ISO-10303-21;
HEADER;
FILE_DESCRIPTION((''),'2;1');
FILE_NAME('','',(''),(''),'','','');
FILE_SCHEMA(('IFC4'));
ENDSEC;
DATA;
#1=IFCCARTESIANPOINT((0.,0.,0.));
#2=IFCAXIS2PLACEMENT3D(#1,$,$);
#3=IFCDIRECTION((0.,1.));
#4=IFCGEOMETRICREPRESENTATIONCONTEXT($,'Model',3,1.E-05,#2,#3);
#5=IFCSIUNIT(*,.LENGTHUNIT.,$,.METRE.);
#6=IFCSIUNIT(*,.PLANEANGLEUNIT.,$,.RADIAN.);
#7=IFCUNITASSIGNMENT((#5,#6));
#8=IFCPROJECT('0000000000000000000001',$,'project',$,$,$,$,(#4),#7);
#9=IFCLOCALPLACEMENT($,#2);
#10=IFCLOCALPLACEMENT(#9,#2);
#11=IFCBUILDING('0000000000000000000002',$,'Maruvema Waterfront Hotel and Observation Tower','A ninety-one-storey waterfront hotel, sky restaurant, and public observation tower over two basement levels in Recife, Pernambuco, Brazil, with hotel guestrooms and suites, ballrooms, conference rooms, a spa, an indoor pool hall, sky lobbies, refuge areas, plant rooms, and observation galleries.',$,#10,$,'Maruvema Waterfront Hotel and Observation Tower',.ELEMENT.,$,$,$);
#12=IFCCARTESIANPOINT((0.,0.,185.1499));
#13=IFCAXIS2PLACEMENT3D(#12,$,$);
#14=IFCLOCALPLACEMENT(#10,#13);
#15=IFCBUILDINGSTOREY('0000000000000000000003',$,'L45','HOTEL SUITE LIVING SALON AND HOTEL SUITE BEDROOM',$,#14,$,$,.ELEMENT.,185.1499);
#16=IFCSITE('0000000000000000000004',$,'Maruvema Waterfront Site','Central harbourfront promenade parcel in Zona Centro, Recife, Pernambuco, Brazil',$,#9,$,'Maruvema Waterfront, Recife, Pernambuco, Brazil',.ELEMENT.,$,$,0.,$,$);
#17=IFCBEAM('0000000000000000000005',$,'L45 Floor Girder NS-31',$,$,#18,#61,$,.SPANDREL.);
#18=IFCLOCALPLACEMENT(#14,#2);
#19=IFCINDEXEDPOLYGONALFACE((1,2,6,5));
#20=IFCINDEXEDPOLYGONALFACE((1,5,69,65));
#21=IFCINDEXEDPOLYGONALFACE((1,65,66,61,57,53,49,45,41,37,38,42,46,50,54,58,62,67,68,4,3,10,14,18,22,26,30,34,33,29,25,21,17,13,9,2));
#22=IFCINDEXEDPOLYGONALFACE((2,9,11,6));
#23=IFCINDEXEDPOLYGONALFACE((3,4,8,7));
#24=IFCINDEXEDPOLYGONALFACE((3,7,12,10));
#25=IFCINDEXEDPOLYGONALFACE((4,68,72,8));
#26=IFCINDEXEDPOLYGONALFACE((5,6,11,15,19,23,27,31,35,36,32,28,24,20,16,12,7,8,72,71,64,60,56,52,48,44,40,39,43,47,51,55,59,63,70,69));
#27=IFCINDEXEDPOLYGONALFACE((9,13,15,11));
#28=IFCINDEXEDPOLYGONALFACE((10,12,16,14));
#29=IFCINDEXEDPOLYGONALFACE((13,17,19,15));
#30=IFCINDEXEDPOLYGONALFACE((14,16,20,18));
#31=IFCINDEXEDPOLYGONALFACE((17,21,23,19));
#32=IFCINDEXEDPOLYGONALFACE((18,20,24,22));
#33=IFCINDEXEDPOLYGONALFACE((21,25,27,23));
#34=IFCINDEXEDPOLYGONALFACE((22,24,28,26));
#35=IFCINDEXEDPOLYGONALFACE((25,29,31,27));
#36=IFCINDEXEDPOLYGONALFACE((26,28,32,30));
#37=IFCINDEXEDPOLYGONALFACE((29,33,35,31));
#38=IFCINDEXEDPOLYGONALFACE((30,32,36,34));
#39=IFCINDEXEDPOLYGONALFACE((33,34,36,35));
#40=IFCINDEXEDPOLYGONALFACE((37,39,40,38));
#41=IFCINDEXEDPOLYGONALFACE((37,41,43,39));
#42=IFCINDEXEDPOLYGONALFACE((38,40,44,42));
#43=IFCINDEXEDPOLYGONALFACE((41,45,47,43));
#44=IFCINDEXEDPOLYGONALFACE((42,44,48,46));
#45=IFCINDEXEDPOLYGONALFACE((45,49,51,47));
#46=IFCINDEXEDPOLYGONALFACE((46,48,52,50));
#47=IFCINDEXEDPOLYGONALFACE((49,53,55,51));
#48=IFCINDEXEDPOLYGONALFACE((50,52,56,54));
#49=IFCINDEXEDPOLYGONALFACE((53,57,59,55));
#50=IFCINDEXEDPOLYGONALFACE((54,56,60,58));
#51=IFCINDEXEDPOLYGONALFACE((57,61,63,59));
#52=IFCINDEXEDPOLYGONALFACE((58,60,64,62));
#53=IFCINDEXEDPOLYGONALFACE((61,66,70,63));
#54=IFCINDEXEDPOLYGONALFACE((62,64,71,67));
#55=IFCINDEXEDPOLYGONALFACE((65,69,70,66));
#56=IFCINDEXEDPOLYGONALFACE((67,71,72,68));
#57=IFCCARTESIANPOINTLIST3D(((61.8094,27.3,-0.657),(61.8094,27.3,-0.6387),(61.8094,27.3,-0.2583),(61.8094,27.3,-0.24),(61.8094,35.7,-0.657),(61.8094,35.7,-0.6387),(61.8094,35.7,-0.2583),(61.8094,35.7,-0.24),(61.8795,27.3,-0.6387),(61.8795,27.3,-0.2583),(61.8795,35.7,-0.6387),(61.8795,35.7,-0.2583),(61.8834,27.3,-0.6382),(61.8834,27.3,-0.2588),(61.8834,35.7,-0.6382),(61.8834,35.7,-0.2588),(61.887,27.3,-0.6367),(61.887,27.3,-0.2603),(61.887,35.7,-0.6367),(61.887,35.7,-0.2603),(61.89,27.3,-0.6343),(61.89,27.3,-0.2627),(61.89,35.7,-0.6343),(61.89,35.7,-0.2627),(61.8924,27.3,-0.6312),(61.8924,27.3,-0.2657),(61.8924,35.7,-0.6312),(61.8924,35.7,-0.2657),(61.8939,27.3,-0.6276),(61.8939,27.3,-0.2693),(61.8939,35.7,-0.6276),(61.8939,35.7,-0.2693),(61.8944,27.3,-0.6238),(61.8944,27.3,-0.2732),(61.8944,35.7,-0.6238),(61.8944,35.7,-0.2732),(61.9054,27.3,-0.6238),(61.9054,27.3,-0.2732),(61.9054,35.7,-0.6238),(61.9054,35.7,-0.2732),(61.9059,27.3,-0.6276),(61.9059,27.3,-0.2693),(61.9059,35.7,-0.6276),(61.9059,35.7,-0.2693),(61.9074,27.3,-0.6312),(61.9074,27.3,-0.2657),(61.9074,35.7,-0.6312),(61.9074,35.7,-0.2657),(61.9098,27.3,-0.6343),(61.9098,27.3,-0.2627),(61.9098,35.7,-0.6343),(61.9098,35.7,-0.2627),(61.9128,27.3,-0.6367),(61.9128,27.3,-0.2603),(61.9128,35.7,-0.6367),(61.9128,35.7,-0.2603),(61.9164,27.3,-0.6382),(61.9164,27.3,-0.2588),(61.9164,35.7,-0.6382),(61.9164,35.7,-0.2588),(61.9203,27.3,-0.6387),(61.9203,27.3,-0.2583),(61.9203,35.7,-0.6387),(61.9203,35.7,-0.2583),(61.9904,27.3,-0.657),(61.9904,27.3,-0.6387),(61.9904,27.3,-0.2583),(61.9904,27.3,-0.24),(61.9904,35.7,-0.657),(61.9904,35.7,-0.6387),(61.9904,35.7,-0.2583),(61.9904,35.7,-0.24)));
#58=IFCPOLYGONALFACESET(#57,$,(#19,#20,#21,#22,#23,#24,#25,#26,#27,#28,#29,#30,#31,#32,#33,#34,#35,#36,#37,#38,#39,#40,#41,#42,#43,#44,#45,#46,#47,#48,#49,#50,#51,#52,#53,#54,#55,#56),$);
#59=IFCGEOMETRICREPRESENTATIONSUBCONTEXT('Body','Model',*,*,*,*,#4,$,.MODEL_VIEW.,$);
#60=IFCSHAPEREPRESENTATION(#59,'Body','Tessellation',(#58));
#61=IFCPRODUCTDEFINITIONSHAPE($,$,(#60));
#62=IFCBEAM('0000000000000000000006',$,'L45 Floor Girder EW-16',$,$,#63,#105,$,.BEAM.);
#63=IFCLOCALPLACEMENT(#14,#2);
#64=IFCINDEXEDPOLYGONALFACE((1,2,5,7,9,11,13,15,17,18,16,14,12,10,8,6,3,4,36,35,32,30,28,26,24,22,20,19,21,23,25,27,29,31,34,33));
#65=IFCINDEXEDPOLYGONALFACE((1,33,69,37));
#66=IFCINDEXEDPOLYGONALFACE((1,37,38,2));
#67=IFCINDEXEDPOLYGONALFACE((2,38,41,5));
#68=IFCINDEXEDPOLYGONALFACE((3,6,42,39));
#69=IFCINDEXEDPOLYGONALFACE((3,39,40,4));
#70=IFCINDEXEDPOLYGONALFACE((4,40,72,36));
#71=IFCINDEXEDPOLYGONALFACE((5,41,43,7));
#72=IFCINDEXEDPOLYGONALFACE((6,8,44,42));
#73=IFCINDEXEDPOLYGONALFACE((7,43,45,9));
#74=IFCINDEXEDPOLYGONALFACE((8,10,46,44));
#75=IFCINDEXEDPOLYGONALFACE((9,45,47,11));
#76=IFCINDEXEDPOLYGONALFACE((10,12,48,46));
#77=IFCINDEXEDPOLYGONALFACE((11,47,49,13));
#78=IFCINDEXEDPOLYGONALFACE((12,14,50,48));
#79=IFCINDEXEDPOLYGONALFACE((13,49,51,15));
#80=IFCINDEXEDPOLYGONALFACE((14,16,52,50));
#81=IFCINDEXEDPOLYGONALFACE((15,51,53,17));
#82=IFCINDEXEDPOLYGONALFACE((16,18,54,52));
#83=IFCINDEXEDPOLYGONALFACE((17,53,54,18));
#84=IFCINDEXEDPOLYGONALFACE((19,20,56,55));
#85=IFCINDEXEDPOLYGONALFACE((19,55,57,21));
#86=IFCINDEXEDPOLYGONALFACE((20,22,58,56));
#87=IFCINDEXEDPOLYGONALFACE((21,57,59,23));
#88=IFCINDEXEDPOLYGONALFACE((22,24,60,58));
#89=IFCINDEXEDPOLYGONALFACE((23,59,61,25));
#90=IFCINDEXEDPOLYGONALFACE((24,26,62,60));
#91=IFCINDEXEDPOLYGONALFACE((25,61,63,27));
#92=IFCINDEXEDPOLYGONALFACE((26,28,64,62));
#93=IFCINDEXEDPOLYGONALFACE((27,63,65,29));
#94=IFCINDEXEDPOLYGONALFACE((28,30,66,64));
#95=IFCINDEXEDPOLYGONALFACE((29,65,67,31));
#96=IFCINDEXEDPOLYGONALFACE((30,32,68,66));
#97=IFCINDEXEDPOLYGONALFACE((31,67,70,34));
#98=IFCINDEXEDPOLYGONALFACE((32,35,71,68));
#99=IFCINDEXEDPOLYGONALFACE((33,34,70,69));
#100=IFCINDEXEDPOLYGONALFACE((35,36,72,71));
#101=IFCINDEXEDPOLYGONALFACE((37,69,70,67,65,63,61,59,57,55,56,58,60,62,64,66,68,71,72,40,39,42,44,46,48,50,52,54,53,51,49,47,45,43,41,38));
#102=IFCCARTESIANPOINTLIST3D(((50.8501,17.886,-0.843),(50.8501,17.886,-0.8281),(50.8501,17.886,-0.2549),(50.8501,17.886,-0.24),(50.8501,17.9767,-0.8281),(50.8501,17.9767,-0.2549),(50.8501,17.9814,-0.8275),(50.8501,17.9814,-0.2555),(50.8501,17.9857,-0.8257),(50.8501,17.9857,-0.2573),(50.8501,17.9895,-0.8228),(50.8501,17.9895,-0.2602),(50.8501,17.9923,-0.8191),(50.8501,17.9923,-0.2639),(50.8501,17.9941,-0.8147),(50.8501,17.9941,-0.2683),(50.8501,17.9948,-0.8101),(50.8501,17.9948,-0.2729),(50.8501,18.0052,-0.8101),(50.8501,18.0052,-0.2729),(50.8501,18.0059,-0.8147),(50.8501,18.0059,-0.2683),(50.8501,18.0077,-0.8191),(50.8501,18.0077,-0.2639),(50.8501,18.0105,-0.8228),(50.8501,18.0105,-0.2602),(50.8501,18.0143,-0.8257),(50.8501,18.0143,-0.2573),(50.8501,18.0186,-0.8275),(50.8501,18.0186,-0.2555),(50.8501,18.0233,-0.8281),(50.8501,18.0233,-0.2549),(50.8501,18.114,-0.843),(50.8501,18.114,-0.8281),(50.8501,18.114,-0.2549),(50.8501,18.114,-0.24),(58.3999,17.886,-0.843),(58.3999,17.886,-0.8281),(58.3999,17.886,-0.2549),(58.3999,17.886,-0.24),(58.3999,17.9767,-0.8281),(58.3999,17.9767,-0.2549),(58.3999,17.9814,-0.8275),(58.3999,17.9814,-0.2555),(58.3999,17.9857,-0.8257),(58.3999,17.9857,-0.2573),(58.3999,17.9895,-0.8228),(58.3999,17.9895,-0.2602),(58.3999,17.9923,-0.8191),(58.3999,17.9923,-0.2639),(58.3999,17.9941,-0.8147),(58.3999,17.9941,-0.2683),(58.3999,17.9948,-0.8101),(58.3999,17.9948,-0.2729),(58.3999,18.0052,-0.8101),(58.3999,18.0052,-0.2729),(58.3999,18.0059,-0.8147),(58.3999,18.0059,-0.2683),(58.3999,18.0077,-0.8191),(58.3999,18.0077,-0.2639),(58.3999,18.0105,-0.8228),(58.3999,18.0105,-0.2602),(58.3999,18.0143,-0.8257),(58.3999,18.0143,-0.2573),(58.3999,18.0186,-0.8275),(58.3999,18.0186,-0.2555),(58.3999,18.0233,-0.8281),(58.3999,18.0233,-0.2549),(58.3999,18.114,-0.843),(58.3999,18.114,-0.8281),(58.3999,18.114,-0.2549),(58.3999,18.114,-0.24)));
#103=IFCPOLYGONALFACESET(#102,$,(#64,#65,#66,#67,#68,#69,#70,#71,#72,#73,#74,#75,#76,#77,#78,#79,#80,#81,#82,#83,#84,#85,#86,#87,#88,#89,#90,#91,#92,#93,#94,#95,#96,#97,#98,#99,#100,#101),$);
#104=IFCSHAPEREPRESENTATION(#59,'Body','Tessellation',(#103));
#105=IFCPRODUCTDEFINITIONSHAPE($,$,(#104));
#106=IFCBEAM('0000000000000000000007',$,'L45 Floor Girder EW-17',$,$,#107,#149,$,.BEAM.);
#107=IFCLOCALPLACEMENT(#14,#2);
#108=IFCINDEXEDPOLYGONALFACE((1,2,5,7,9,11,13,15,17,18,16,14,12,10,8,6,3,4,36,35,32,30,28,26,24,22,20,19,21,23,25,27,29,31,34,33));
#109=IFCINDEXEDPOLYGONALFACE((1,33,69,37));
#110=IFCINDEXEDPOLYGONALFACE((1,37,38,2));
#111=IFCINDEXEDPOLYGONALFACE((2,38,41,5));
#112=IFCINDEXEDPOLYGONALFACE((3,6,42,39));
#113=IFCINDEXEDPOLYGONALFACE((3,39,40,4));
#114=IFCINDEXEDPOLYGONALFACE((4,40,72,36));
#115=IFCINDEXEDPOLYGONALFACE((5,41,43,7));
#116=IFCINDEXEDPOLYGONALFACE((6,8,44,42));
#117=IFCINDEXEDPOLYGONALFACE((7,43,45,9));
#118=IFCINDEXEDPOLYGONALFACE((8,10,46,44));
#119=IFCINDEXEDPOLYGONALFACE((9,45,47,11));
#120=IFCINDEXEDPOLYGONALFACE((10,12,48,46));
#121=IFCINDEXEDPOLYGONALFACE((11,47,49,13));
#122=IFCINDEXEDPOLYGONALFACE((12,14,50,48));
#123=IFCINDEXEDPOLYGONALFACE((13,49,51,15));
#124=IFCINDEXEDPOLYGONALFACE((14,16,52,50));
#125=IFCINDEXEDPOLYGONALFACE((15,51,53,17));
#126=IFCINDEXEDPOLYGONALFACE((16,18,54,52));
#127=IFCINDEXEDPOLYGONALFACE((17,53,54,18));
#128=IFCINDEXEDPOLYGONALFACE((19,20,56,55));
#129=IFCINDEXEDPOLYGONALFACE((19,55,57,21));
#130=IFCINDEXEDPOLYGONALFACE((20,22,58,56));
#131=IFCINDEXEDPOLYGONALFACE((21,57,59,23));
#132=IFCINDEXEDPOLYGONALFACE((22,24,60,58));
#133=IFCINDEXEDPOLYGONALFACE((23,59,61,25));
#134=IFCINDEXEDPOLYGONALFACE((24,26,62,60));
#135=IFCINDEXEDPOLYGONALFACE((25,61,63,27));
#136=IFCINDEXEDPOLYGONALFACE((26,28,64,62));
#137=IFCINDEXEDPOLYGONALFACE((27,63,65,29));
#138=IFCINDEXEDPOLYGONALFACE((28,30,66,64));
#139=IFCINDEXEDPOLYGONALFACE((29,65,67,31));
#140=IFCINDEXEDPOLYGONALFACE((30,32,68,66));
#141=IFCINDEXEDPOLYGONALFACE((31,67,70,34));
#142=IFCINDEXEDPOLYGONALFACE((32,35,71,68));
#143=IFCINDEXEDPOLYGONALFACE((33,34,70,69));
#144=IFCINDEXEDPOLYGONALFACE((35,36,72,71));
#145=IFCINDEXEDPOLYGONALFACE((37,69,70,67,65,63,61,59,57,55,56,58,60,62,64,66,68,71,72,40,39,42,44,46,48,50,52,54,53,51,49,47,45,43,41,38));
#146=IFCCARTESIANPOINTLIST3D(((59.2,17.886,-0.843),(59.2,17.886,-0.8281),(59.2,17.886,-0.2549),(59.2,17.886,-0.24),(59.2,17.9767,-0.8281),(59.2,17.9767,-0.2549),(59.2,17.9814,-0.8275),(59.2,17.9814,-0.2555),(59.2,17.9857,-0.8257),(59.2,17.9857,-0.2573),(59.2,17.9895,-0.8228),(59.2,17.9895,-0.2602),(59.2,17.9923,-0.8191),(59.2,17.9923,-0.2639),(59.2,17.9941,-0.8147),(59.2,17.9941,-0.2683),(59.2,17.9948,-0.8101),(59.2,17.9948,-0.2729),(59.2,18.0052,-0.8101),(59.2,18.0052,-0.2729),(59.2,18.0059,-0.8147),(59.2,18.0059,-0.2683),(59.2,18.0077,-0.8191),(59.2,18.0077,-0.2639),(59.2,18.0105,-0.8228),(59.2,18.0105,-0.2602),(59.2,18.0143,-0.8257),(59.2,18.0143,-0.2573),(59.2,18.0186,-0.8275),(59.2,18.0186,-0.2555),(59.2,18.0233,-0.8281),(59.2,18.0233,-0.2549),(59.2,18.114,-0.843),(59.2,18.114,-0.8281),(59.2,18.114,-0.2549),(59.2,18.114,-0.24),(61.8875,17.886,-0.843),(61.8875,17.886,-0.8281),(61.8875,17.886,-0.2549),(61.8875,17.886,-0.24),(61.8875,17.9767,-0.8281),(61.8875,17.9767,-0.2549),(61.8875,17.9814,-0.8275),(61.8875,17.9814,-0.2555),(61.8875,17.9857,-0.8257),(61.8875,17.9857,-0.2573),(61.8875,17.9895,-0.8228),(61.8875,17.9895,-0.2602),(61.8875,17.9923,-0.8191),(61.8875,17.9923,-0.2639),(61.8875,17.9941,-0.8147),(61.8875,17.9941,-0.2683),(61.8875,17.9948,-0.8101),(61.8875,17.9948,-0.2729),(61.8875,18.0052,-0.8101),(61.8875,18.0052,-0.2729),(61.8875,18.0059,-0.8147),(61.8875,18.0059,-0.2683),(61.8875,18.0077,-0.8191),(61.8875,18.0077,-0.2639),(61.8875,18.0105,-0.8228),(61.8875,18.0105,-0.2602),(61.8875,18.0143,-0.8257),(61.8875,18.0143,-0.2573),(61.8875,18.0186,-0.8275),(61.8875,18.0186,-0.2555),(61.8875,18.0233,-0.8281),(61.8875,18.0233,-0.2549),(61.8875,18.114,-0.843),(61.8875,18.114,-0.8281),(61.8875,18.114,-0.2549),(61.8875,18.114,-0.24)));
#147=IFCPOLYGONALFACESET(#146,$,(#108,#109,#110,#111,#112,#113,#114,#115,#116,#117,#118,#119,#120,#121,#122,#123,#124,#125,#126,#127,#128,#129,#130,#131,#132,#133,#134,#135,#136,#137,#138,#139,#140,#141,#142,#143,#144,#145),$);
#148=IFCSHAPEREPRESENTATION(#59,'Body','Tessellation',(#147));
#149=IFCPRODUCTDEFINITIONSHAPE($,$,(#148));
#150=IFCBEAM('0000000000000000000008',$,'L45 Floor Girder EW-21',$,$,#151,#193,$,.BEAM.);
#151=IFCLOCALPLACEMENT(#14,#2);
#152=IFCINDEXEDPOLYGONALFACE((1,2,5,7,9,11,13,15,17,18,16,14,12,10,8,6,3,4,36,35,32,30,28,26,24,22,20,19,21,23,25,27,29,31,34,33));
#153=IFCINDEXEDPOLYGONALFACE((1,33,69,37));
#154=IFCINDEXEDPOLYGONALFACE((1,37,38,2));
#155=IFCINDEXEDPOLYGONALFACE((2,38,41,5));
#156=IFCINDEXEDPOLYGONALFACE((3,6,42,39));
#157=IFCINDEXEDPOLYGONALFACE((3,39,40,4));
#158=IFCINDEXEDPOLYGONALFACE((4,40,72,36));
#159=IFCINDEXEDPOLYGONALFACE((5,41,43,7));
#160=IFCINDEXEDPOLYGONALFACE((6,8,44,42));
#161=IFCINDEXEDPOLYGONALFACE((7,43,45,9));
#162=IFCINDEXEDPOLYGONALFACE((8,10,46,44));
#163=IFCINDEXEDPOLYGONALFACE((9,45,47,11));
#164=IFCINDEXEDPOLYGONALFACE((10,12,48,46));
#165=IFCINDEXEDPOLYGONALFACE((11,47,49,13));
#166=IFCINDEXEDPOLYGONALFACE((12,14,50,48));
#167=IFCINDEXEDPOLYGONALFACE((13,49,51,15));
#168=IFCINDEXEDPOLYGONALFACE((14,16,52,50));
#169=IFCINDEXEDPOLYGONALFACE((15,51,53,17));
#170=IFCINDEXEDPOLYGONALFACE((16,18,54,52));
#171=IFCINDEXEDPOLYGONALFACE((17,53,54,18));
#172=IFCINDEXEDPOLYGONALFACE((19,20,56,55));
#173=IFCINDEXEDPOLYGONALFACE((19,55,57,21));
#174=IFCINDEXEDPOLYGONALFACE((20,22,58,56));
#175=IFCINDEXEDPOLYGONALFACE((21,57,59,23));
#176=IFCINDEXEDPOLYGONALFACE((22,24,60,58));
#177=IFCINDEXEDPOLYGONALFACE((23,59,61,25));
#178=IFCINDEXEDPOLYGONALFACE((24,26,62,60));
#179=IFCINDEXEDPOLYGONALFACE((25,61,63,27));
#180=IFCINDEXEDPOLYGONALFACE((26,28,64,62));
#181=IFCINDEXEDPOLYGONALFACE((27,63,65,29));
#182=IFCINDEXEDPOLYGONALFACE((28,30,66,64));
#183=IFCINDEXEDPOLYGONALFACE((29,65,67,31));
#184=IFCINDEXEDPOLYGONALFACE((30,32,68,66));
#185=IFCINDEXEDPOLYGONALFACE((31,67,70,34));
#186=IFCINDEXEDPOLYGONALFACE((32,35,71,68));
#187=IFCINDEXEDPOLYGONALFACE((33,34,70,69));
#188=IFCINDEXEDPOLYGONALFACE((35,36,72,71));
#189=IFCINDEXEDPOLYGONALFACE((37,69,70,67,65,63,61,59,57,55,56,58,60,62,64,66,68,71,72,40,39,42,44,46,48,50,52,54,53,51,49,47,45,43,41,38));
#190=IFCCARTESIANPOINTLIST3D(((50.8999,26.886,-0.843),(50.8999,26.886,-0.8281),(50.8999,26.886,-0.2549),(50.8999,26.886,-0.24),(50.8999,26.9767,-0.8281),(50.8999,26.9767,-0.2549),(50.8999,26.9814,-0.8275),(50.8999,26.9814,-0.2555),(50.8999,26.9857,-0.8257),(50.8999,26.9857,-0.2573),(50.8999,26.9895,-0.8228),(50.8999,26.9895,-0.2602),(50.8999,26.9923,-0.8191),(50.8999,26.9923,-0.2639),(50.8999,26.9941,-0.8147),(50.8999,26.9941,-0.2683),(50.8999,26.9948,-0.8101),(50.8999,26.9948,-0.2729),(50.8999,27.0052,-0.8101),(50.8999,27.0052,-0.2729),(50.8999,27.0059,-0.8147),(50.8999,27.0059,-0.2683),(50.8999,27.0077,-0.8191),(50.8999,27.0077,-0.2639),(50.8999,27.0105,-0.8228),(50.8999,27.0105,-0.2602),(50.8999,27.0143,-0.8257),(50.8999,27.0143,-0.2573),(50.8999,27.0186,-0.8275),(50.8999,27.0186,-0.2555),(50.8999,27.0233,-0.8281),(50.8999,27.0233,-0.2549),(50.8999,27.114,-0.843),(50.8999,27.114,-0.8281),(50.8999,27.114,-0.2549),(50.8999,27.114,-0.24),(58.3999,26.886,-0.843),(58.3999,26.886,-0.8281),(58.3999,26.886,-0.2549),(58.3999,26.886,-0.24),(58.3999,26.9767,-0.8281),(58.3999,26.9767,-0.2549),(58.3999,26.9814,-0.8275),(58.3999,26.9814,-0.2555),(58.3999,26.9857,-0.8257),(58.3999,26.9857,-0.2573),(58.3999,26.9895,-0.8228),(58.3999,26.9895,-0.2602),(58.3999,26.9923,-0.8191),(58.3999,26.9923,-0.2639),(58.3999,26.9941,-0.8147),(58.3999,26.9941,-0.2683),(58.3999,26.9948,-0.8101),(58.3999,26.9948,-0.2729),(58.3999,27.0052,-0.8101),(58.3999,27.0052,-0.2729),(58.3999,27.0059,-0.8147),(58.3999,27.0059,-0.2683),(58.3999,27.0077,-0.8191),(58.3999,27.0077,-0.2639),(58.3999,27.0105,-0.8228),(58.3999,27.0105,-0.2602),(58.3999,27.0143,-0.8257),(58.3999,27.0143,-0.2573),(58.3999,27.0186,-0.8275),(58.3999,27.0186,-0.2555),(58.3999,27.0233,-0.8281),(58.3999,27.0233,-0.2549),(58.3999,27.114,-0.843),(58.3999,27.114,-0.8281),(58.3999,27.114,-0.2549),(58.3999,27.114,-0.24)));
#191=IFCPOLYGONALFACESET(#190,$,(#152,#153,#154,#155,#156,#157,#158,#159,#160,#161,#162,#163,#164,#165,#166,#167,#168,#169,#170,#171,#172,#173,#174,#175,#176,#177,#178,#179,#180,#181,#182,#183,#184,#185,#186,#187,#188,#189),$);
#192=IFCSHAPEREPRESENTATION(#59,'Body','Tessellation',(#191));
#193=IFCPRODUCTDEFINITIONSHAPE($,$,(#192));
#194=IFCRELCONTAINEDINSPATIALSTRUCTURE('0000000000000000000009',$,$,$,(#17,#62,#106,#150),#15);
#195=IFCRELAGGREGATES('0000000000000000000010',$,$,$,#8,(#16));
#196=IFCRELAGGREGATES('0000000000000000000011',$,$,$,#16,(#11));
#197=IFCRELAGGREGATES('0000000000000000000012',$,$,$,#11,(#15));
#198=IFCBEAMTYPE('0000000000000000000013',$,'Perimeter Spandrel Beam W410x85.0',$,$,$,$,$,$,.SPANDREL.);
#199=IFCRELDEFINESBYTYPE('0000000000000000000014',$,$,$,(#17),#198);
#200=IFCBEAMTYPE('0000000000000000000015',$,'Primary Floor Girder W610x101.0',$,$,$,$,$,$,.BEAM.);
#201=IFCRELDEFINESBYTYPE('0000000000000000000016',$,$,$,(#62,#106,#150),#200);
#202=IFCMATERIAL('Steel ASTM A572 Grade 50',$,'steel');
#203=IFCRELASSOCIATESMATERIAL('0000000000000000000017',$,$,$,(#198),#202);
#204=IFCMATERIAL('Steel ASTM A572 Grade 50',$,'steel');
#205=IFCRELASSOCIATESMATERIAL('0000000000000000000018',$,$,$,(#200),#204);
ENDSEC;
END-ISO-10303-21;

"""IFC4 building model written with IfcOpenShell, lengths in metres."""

from ifc_helpers import new_model, si_unit, direction, frame, origin, origin_2d, place, context, subcontext, project, spatial, i_section, extrude, material, material_profile, profile_set, type_object, element, save


model = new_model("IFC4")

# Units and contexts
model_context = context("Model", 3, precision=1e-05, world=origin(), true_north=direction((0.0, 1.0)))
body_context = subcontext(model_context, "Body", "Model", "MODEL_VIEW")
ifc_project = project(units=[si_unit("LENGTHUNIT", "METRE"), si_unit("PLANEANGLEUNIT", "RADIAN")], contexts=[model_context])

# Site, building, storey
site_placement = place(None, origin())
site = spatial("IfcSite", under=ifc_project, at=site_placement, Name="Maruvema Waterfront Site", Description="Central harbourfront promenade parcel in Zona Centro, Recife, Pernambuco, Brazil", LongName="Maruvema Waterfront, Recife, Pernambuco, Brazil", CompositionType="ELEMENT", RefElevation=0.0)
building_placement = place(site_placement, origin())
building = spatial("IfcBuilding", under=site, at=building_placement, Name="Maruvema Waterfront Hotel and Observation Tower", Description="A ninety-one-storey waterfront hotel, sky restaurant, and public observation tower over two basement levels in Recife, Pernambuco, Brazil, with hotel guestrooms and suites, ballrooms, conference rooms, a spa, an indoor pool hall, sky lobbies, refuge areas, plant rooms, and observation galleries.", LongName="Maruvema Waterfront Hotel and Observation Tower", CompositionType="ELEMENT")
storey_placement = place(building_placement, frame((0.0, 0.0, 185.1499)))
storey = spatial("IfcBuildingStorey", under=building, at=storey_placement, Name="L45", Description="HOTEL SUITE LIVING SALON AND HOTEL SUITE BEDROOM", CompositionType="ELEMENT", Elevation=185.1499)

# Beams
ifc_material_1 = material(Name="Steel ASTM A572 Grade 50", Category="steel")
ifc_material_profile_1 = material_profile(ifc_material_1, i_section(OverallWidth=0.1809, OverallDepth=0.417, WebThickness=0.011, FlangeThickness=0.0183, FilletRadius=0.0149, at=origin_2d()), Name="W410x85.0")
ifc_profile_set_1 = profile_set([ifc_material_profile_1], Name="Steel ASTM A572 Grade 50")
beam_type_1 = type_object("IfcBeamType", Name="Perimeter Spandrel Beam W410x85.0", PredefinedType="SPANDREL", material=ifc_profile_set_1)
for number, where, z_axis, x_axis, name in (
    (1, (61.8999, 27.3, -0.4485), (0.0, 1.0, 0.0), (-1.0, 0.0, 0.0), "L45 Floor Girder NS-31"),
):
    element("IfcBeam", number, at=place(storey_placement, frame(where, z_axis=z_axis, x_axis=x_axis)), inside=storey, type_object=beam_type_1, Name=name, PredefinedType="SPANDREL", context=body_context, shape_type="SweptSolid", body=[
        extrude(i_section(OverallWidth=0.1809, OverallDepth=0.417, WebThickness=0.011, FlangeThickness=0.0183, FilletRadius=0.0149, at=origin_2d()), origin(), (0.0, 0.0, 1.0), 8.3999),
    ])
ifc_material_2 = material(Name="Steel ASTM A572 Grade 50", Category="steel")
ifc_material_profile_2 = material_profile(ifc_material_2, i_section(OverallWidth=0.228, OverallDepth=0.603, WebThickness=0.0105, FlangeThickness=0.0149, FilletRadius=0.0181, at=origin_2d()), Name="W610x101.0")
ifc_profile_set_2 = profile_set([ifc_material_profile_2], Name="Steel ASTM A572 Grade 50")
beam_type_2 = type_object("IfcBeamType", Name="Primary Floor Girder W610x101.0", PredefinedType="BEAM", material=ifc_profile_set_2)
beam_1_placement = place(storey_placement, frame((50.8501, 18.0, -0.5415), z_axis=(1.0, 0.0, 0.0), x_axis=(0.0, 1.0, 0.0)))
element("IfcBeam", 2, at=beam_1_placement, inside=storey, type_object=beam_type_2, Name="L45 Floor Girder EW-16", PredefinedType="BEAM", context=body_context, shape_type="SweptSolid", body=[
    extrude(i_section(OverallWidth=0.228, OverallDepth=0.603, WebThickness=0.0105, FlangeThickness=0.0149, FilletRadius=0.0181, at=origin_2d()), origin(), (0.0, 0.0, 1.0), 7.5498),
])
beam_2_placement = place(storey_placement, frame((59.2, 18.0, -0.5415), z_axis=(1.0, 0.0, 0.0), x_axis=(0.0, 1.0, 0.0)))
element("IfcBeam", 3, at=beam_2_placement, inside=storey, type_object=beam_type_2, Name="L45 Floor Girder EW-17", PredefinedType="BEAM", context=body_context, shape_type="SweptSolid", body=[
    extrude(i_section(OverallWidth=0.228, OverallDepth=0.603, WebThickness=0.0105, FlangeThickness=0.0149, FilletRadius=0.0181, at=origin_2d()), origin(), (0.0, 0.0, 1.0), 2.6875),
])
beam_3_placement = place(storey_placement, frame((50.8999, 27.0, -0.5415), z_axis=(1.0, 0.0, 0.0), x_axis=(0.0, 1.0, 0.0)))
element("IfcBeam", 4, at=beam_3_placement, inside=storey, type_object=beam_type_2, Name="L45 Floor Girder EW-21", PredefinedType="BEAM", context=body_context, shape_type="SweptSolid", body=[
    extrude(i_section(OverallWidth=0.228, OverallDepth=0.603, WebThickness=0.0105, FlangeThickness=0.0149, FilletRadius=0.0181, at=origin_2d()), origin(), (0.0, 0.0, 1.0), 7.5),
])

save(model, "model.ifc")
